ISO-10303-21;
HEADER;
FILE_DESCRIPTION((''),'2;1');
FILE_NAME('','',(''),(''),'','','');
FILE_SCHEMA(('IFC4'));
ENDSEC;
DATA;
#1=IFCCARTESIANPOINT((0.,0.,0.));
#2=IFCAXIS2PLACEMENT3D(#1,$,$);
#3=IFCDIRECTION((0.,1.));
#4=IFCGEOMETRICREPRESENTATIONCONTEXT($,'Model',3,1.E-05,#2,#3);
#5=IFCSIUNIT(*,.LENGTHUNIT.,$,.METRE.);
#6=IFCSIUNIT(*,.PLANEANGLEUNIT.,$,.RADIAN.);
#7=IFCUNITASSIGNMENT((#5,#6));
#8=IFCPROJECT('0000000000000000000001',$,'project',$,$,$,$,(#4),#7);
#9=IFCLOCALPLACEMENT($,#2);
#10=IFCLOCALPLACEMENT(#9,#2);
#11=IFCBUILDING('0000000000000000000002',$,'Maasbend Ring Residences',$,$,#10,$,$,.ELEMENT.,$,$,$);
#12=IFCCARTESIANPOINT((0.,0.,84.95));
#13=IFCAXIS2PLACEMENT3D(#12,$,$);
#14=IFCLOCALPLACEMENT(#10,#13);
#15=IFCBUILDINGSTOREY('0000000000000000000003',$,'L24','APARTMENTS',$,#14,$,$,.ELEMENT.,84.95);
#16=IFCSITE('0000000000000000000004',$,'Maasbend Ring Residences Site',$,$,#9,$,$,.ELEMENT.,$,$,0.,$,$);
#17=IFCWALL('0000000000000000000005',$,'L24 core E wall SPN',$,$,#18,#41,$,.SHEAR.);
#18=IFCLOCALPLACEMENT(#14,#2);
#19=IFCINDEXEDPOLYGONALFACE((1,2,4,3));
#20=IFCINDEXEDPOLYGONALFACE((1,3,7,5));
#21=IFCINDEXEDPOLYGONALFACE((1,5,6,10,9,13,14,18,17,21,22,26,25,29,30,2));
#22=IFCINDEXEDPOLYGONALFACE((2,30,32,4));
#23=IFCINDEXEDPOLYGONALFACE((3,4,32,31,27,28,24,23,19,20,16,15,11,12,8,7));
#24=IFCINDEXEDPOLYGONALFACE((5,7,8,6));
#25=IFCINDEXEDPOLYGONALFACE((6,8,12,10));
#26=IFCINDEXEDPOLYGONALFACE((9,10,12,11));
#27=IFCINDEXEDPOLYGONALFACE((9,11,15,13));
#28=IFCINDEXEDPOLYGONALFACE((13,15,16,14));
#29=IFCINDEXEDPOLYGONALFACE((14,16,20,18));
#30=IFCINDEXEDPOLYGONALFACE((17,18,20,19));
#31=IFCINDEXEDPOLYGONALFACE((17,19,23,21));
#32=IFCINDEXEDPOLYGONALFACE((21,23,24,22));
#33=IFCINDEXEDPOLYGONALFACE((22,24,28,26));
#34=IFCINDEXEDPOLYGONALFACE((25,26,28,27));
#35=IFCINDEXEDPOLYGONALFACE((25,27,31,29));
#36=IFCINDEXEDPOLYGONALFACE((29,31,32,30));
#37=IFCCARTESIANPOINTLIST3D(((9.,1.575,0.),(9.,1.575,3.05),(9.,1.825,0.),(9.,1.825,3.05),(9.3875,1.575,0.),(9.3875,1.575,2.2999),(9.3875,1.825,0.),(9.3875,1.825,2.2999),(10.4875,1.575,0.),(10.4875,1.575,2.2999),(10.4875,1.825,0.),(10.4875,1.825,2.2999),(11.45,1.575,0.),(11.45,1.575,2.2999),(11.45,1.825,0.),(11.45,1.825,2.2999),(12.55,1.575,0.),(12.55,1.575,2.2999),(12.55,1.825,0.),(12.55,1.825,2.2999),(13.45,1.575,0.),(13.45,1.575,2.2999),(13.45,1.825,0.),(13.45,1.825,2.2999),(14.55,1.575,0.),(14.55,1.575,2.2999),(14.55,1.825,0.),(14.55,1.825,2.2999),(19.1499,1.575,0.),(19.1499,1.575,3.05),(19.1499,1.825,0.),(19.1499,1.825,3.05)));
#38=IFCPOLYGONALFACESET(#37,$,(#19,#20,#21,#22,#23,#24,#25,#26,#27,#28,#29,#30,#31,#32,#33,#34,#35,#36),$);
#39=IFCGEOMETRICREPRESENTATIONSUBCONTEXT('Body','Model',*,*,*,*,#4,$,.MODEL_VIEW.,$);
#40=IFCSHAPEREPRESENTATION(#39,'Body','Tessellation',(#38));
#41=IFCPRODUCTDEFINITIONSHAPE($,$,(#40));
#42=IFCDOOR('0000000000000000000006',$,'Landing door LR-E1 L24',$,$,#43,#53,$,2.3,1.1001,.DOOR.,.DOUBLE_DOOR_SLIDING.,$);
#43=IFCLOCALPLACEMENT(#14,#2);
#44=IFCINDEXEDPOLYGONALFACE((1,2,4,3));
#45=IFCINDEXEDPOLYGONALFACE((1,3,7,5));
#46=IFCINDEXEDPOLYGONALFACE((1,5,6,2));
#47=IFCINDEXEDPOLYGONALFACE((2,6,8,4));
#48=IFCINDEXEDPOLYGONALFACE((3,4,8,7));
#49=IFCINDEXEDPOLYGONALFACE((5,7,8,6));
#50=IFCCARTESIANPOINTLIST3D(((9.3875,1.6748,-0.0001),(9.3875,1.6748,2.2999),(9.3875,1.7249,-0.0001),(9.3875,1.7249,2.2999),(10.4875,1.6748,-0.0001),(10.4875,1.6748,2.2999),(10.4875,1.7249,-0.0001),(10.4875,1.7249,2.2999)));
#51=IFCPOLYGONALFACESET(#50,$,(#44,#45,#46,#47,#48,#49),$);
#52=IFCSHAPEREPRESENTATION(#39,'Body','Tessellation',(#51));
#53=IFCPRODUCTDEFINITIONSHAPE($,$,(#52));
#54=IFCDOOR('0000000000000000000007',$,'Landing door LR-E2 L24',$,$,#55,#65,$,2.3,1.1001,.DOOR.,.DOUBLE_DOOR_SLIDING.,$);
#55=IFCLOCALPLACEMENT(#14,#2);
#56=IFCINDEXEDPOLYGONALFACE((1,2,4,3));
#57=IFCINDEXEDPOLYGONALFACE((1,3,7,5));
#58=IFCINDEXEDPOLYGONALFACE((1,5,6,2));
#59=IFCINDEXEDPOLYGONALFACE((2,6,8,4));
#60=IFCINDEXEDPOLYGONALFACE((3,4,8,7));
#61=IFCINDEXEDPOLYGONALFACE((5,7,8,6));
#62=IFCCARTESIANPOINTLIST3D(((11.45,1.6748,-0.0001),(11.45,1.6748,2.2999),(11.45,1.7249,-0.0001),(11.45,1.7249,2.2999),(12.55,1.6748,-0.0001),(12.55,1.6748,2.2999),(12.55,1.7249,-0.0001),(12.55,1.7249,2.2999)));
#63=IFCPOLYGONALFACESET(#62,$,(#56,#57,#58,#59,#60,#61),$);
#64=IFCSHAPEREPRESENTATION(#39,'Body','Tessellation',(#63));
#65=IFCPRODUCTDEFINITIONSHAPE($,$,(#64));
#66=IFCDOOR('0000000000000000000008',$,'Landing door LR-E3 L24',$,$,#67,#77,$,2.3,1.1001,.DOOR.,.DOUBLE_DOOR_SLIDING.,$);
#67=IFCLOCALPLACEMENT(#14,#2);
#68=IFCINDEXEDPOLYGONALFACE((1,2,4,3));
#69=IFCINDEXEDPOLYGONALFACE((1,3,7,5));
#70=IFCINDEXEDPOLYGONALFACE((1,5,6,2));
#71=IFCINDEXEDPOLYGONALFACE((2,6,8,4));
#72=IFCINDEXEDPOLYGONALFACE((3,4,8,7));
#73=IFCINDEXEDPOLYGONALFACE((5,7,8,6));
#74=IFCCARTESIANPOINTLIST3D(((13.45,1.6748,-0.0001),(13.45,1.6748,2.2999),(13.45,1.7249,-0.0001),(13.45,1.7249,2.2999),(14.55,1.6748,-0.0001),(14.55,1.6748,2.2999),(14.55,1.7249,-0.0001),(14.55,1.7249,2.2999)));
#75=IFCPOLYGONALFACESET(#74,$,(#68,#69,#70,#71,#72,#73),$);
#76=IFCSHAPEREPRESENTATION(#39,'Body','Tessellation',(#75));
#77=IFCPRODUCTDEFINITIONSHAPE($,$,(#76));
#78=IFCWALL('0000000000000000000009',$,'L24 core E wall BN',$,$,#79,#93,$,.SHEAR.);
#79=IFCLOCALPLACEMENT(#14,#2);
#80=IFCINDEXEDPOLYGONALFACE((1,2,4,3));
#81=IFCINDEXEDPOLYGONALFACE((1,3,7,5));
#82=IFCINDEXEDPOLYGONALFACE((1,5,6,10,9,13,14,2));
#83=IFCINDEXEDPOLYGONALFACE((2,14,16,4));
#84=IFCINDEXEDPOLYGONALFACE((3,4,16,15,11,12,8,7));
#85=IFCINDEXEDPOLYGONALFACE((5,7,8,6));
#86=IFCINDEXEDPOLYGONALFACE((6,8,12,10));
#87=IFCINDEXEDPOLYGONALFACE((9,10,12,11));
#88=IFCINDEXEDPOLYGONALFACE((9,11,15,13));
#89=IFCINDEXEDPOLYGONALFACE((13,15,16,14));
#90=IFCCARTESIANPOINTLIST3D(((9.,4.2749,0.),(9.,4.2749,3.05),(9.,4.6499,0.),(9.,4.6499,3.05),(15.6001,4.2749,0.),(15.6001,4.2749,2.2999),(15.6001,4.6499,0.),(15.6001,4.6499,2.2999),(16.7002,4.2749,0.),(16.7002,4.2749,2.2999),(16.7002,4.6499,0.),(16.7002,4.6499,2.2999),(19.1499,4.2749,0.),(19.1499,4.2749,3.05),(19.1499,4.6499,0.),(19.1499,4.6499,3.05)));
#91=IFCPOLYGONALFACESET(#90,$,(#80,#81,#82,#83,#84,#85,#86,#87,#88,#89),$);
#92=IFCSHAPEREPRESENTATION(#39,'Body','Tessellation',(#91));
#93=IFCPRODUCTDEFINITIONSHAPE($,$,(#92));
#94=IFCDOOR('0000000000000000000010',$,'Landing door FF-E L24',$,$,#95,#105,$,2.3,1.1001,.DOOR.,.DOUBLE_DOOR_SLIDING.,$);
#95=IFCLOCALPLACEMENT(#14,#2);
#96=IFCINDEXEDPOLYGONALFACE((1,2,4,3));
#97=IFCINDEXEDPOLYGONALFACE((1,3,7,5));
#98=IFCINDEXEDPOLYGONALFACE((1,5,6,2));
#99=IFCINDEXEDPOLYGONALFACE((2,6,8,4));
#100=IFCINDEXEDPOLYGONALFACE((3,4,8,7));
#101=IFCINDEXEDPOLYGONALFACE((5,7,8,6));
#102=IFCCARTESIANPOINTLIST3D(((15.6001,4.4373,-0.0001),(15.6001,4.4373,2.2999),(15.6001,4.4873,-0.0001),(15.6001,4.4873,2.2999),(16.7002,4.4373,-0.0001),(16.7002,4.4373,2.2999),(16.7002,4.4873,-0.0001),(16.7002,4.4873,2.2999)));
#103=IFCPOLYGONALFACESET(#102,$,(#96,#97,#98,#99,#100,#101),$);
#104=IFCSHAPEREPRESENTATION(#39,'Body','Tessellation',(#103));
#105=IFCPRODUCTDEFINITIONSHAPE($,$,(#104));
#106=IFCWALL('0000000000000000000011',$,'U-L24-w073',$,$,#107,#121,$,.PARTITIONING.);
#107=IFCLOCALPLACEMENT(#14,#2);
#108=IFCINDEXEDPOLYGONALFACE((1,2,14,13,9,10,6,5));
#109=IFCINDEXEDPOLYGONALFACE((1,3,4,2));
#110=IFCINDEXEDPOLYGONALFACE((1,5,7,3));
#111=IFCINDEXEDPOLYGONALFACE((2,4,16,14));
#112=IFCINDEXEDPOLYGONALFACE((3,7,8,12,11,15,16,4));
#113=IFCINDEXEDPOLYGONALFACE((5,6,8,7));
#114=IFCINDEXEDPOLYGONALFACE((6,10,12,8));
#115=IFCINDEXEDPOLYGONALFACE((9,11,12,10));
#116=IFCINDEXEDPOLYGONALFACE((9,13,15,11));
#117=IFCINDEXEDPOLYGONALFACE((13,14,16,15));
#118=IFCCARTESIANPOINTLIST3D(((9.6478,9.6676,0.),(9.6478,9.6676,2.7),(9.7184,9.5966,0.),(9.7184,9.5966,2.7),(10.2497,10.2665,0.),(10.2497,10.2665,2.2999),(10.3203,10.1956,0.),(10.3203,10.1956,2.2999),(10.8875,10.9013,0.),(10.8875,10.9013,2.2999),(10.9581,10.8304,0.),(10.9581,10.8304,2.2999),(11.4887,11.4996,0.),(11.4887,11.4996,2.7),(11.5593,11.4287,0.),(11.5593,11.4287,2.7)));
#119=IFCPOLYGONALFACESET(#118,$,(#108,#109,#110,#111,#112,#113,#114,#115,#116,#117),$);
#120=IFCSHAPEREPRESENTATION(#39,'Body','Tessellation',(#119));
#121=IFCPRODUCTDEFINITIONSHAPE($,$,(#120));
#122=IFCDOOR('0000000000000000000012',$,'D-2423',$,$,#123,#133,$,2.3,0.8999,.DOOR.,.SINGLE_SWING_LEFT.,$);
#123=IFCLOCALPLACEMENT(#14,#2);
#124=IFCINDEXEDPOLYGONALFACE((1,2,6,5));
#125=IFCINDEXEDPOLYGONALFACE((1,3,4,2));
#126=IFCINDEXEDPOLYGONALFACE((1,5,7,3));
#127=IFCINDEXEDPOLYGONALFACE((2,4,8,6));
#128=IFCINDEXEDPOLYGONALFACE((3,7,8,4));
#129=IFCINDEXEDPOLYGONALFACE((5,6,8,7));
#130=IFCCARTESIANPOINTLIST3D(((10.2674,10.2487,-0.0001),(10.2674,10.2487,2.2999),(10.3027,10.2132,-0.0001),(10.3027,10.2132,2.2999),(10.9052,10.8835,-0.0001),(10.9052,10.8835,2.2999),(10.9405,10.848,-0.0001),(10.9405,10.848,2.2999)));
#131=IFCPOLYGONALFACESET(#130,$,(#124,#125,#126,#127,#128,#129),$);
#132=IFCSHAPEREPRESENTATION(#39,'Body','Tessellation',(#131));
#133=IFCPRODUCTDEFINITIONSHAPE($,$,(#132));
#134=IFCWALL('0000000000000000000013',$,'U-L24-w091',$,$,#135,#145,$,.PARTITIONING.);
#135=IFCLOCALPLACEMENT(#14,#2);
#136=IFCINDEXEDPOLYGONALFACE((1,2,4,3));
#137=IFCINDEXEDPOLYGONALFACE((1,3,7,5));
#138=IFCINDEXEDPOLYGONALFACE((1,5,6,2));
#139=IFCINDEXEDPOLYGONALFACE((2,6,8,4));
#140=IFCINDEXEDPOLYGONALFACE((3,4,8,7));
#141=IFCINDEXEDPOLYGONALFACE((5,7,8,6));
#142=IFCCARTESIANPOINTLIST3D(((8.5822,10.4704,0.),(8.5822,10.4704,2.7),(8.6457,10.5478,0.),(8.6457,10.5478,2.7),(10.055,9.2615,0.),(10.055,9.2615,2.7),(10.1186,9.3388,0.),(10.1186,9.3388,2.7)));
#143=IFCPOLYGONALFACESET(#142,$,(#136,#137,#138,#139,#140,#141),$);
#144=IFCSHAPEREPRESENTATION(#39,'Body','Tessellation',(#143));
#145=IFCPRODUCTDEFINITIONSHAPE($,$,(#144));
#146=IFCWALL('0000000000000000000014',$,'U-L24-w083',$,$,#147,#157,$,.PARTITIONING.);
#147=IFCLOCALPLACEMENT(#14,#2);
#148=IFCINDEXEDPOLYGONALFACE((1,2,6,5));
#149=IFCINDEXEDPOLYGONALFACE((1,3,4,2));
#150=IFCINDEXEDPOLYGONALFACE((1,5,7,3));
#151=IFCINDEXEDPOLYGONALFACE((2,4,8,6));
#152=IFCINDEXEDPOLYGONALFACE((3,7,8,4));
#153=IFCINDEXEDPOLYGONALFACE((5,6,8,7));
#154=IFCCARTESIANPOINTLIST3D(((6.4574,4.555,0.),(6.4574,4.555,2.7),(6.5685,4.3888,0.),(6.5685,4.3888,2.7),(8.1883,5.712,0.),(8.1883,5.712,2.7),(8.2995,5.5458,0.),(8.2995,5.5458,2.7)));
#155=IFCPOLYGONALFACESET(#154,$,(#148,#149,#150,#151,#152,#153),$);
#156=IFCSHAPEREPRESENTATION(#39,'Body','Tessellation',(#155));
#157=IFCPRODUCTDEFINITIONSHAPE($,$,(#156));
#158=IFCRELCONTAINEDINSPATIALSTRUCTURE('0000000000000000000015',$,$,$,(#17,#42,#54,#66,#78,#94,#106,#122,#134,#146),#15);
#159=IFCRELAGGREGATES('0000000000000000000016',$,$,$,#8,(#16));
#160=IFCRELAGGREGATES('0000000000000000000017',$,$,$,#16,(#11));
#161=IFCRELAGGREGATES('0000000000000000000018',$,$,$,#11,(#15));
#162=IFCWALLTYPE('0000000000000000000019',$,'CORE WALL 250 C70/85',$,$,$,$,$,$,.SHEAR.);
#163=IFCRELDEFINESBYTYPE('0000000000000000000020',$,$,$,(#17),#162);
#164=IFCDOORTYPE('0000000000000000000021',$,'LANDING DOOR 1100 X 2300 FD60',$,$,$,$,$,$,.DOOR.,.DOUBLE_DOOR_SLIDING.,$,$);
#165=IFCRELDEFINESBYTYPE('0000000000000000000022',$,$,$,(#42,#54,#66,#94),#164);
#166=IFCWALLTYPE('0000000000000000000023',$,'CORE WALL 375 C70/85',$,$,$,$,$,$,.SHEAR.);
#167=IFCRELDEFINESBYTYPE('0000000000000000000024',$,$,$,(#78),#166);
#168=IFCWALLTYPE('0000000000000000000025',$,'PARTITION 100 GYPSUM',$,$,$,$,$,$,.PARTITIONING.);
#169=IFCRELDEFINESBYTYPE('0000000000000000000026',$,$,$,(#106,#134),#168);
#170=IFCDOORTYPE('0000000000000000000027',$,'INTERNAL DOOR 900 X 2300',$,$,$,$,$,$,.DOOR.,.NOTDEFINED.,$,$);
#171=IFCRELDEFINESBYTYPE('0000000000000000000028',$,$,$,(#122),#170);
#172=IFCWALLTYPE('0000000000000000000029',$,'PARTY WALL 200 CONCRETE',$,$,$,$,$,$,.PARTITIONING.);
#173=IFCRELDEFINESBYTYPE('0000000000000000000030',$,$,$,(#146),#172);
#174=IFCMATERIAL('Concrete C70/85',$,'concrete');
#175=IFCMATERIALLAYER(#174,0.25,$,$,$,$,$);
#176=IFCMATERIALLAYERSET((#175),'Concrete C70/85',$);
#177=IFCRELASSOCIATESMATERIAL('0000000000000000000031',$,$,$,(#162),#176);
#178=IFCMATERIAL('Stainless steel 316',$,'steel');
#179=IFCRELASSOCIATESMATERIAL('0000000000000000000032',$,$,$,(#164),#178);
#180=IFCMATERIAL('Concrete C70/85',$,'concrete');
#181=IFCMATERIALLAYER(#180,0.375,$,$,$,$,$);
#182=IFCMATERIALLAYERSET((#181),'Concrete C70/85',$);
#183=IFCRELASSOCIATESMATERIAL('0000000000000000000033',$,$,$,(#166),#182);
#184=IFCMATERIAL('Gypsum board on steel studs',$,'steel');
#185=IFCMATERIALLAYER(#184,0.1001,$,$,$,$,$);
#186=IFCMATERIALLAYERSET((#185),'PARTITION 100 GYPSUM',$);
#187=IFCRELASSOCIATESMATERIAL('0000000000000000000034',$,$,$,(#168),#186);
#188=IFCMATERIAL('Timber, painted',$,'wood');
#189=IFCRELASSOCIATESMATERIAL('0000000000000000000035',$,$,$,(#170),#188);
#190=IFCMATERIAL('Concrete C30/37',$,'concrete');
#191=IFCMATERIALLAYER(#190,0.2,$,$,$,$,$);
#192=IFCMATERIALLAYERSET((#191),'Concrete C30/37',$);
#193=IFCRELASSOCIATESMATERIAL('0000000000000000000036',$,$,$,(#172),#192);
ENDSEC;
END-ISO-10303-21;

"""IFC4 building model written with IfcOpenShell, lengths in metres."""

from ifc_helpers import new_model, si_unit, direction, frame, frame_2d, origin, place, context, subcontext, project, spatial, rectangle, extrude, material, layer, layer_set, type_object, element, fill, save


model = new_model("IFC4")

# Units and contexts
model_context = context("Model", 3, precision=1e-05, world=origin(), true_north=direction((0.0, 1.0)))
body_context = subcontext(model_context, "Body", "Model", "MODEL_VIEW")
ifc_project = project(units=[si_unit("LENGTHUNIT", "METRE"), si_unit("PLANEANGLEUNIT", "RADIAN")], contexts=[model_context])

# Site, building, storey
site_placement = place(None, origin())
site = spatial("IfcSite", under=ifc_project, at=site_placement, Name="Maasbend Ring Residences Site", CompositionType="ELEMENT", RefElevation=0.0)
building_placement = place(site_placement, origin())
building = spatial("IfcBuilding", under=site, at=building_placement, Name="Maasbend Ring Residences", CompositionType="ELEMENT")
storey_placement = place(building_placement, frame((0.0, 0.0, 84.95)))
storey = spatial("IfcBuildingStorey", under=building, at=storey_placement, Name="L24", Description="APARTMENTS", CompositionType="ELEMENT", Elevation=84.95)

# Wall, openings, doors
ifc_material_1 = material(Name="Concrete C70/85", Category="concrete")
ifc_layer_1 = layer(ifc_material_1, 0.25)
ifc_layer_set_1 = layer_set([ifc_layer_1], Name="Concrete C70/85")
wall_type_1 = type_object("IfcWallType", Name="CORE WALL 250 C70/85", PredefinedType="SHEAR", material=ifc_layer_set_1)
wall_1_placement = place(storey_placement, frame((9.0, 1.7, 0.0), z_axis=(0.0, 0.0, 1.0), x_axis=(1.0, 0.0, 0.0)))
wall_1 = element("IfcWall", 1, at=wall_1_placement, inside=storey, type_object=wall_type_1, Name="L24 core E wall SPN", PredefinedType="SHEAR", context=body_context, shape_type="SweptSolid", body=[
    extrude(rectangle(XDim=10.1499, YDim=0.25, at=frame_2d((5.075, 0.0))), origin(), (0.0, 0.0, 1.0), 3.05),
])
opening_1_placement = place(wall_1_placement, frame((0.3875, 0.0, 0.0)))
opening_1 = element("IfcOpeningElement", 2, at=opening_1_placement, cuts=wall_1, PredefinedType="OPENING", context=body_context, shape_type="SweptSolid", body=[
    extrude(rectangle(XDim=1.1001, YDim=2.3, at=frame_2d((0.55, 1.1499))), frame((0.0, 0.135, 0.0), z_axis=(0.0, -1.0, 0.0), x_axis=(1.0, 0.0, 0.0)), (0.0, 0.0, 1.0), 0.27),
])
opening_2_placement = place(wall_1_placement, frame((2.45, 0.0, 0.0)))
opening_2 = element("IfcOpeningElement", 3, at=opening_2_placement, cuts=wall_1, PredefinedType="OPENING", context=body_context, shape_type="SweptSolid", body=[
    extrude(rectangle(XDim=1.1001, YDim=2.3, at=frame_2d((0.55, 1.1499))), frame((0.0, 0.135, 0.0), z_axis=(0.0, -1.0, 0.0), x_axis=(1.0, 0.0, 0.0)), (0.0, 0.0, 1.0), 0.27),
])
opening_3_placement = place(wall_1_placement, frame((4.45, 0.0, 0.0)))
opening_3 = element("IfcOpeningElement", 4, at=opening_3_placement, cuts=wall_1, PredefinedType="OPENING", context=body_context, shape_type="SweptSolid", body=[
    extrude(rectangle(XDim=1.1001, YDim=2.3, at=frame_2d((0.55, 1.1499))), frame((0.0, 0.135, 0.0), z_axis=(0.0, -1.0, 0.0), x_axis=(1.0, 0.0, 0.0)), (0.0, 0.0, 1.0), 0.27),
])
ifc_material_2 = material(Name="Stainless steel 316", Category="steel")
door_type_1 = type_object("IfcDoorType", Name="LANDING DOOR 1100 X 2300 FD60", OperationType="DOUBLE_DOOR_SLIDING", PredefinedType="DOOR", material=ifc_material_2)
door_1_placement = place(opening_1_placement, origin())
door_1 = element("IfcDoor", 5, at=door_1_placement, inside=storey, type_object=door_type_1, Name="Landing door LR-E1 L24", OperationType="DOUBLE_DOOR_SLIDING", OverallHeight=2.3, OverallWidth=1.1001, PredefinedType="DOOR", context=body_context, shape_type="SweptSolid", body=[
    extrude(rectangle(XDim=1.1001, YDim=2.3, at=frame_2d((0.55, 1.1499))), frame((0.0, 0.0249, 0.0), z_axis=(0.0, -1.0, 0.0), x_axis=(1.0, 0.0, 0.0)), (0.0, 0.0, 1.0), 0.05),
])
fill(opening_1, door_1)
door_2_placement = place(opening_2_placement, origin())
door_2 = element("IfcDoor", 6, at=door_2_placement, inside=storey, type_object=door_type_1, Name="Landing door LR-E2 L24", OperationType="DOUBLE_DOOR_SLIDING", OverallHeight=2.3, OverallWidth=1.1001, PredefinedType="DOOR", context=body_context, shape_type="SweptSolid", body=[
    extrude(rectangle(XDim=1.1001, YDim=2.3, at=frame_2d((0.55, 1.1499))), frame((0.0, 0.0249, 0.0), z_axis=(0.0, -1.0, 0.0), x_axis=(1.0, 0.0, 0.0)), (0.0, 0.0, 1.0), 0.05),
])
fill(opening_2, door_2)
door_3_placement = place(opening_3_placement, origin())
door_3 = element("IfcDoor", 7, at=door_3_placement, inside=storey, type_object=door_type_1, Name="Landing door LR-E3 L24", OperationType="DOUBLE_DOOR_SLIDING", OverallHeight=2.3, OverallWidth=1.1001, PredefinedType="DOOR", context=body_context, shape_type="SweptSolid", body=[
    extrude(rectangle(XDim=1.1001, YDim=2.3, at=frame_2d((0.55, 1.1499))), frame((0.0, 0.0249, 0.0), z_axis=(0.0, -1.0, 0.0), x_axis=(1.0, 0.0, 0.0)), (0.0, 0.0, 1.0), 0.05),
])
fill(opening_3, door_3)

# Walls, openings, doors
ifc_material_3 = material(Name="Concrete C70/85", Category="concrete")
ifc_layer_2 = layer(ifc_material_3, 0.375)
ifc_layer_set_2 = layer_set([ifc_layer_2], Name="Concrete C70/85")
wall_type_2 = type_object("IfcWallType", Name="CORE WALL 375 C70/85", PredefinedType="SHEAR", material=ifc_layer_set_2)
wall_2_placement = place(storey_placement, frame((9.0, 4.4624, 0.0), z_axis=(0.0, 0.0, 1.0), x_axis=(1.0, 0.0, 0.0)))
wall_2 = element("IfcWall", 8, at=wall_2_placement, inside=storey, type_object=wall_type_2, Name="L24 core E wall BN", PredefinedType="SHEAR", context=body_context, shape_type="SweptSolid", body=[
    extrude(rectangle(XDim=10.1499, YDim=0.375, at=frame_2d((5.075, 0.0))), origin(), (0.0, 0.0, 1.0), 3.05),
])
opening_4_placement = place(wall_2_placement, frame((6.6001, 0.0, 0.0)))
opening_4 = element("IfcOpeningElement", 9, at=opening_4_placement, cuts=wall_2, PredefinedType="OPENING", context=body_context, shape_type="SweptSolid", body=[
    extrude(rectangle(XDim=1.1001, YDim=2.3, at=frame_2d((0.55, 1.1499))), frame((0.0, 0.1975, 0.0), z_axis=(0.0, -1.0, 0.0), x_axis=(1.0, 0.0, 0.0)), (0.0, 0.0, 1.0), 0.395),
])
door_4_placement = place(opening_4_placement, origin())
door_4 = element("IfcDoor", 10, at=door_4_placement, inside=storey, type_object=door_type_1, Name="Landing door FF-E L24", OperationType="DOUBLE_DOOR_SLIDING", OverallHeight=2.3, OverallWidth=1.1001, PredefinedType="DOOR", context=body_context, shape_type="SweptSolid", body=[
    extrude(rectangle(XDim=1.1001, YDim=2.3, at=frame_2d((0.55, 1.1499))), frame((0.0, 0.0249, 0.0), z_axis=(0.0, -1.0, 0.0), x_axis=(1.0, 0.0, 0.0)), (0.0, 0.0, 1.0), 0.05),
])
fill(opening_4, door_4)
ifc_material_4 = material(Name="Gypsum board on steel studs", Category="steel")
ifc_layer_3 = layer(ifc_material_4, 0.1001)
ifc_layer_set_3 = layer_set([ifc_layer_3], Name="PARTITION 100 GYPSUM")
wall_type_3 = type_object("IfcWallType", Name="PARTITION 100 GYPSUM", PredefinedType="PARTITIONING", material=ifc_layer_set_3)
wall_3_placement = place(storey_placement, frame((9.6831, 9.6321, 0.0), z_axis=(0.0, 0.0, 1.0), x_axis=(0.708797, 0.705413, 0.0)))
wall_3 = element("IfcWall", 11, at=wall_3_placement, inside=storey, type_object=wall_type_3, Name="U-L24-w073", PredefinedType="PARTITIONING", context=body_context, shape_type="SweptSolid", body=[
    extrude(rectangle(XDim=2.5972, YDim=0.1001, at=frame_2d((1.2986, 0.0))), origin(), (0.0, 0.0, 1.0), 2.7),
])
opening_5_placement = place(wall_3_placement, frame((0.8491, 0.0, 0.0)))
opening_5 = element("IfcOpeningElement", 12, at=opening_5_placement, cuts=wall_3, PredefinedType="OPENING", context=body_context, shape_type="SweptSolid", body=[
    extrude(rectangle(XDim=0.8999, YDim=2.3, at=frame_2d((0.45, 1.1499))), frame((0.0, 0.0601, 0.0), z_axis=(0.0, -1.0, 0.0), x_axis=(1.0, 0.0, 0.0)), (0.0, 0.0, 1.0), 0.1201),
])
ifc_material_5 = material(Name="Timber, painted", Category="wood")
door_type_2 = type_object("IfcDoorType", Name="INTERNAL DOOR 900 X 2300", OperationType="NOTDEFINED", PredefinedType="DOOR", material=ifc_material_5)
door_5_placement = place(opening_5_placement, origin())
door_5 = element("IfcDoor", 13, at=door_5_placement, inside=storey, type_object=door_type_2, Name="D-2423", OperationType="SINGLE_SWING_LEFT", OverallHeight=2.3, OverallWidth=0.8999, PredefinedType="DOOR", context=body_context, shape_type="SweptSolid", body=[
    extrude(rectangle(XDim=0.8999, YDim=2.3, at=frame_2d((0.45, 1.1499))), frame((0.0, 0.0249, 0.0), z_axis=(0.0, -1.0, 0.0), x_axis=(1.0, 0.0, 0.0)), (0.0, 0.0, 1.0), 0.05),
])
fill(opening_5, door_5)

# Walls
wall_4_placement = place(storey_placement, frame((8.614, 10.509, 0.0), z_axis=(0.0, 0.0, 1.0), x_axis=(0.772957, -0.634458, 0.0)))
element("IfcWall", 14, at=wall_4_placement, inside=storey, type_object=wall_type_3, Name="U-L24-w091", PredefinedType="PARTITIONING", context=body_context, shape_type="SweptSolid", body=[
    extrude(rectangle(XDim=1.9055, YDim=0.1001, at=frame_2d((0.9526, 0.0))), origin(), (0.0, 0.0, 1.0), 2.7),
])
ifc_material_6 = material(Name="Concrete C30/37", Category="concrete")
ifc_layer_4 = layer(ifc_material_6, 0.2)
ifc_layer_set_4 = layer_set([ifc_layer_4], Name="Concrete C30/37")
wall_type_4 = type_object("IfcWallType", Name="PARTY WALL 200 CONCRETE", PredefinedType="PARTITIONING", material=ifc_layer_set_4)
wall_5_placement = place(storey_placement, frame((6.5129, 4.4719, 0.0), z_axis=(0.0, 0.0, 1.0), x_axis=(0.831382, 0.555701, 0.0)))
element("IfcWall", 15, at=wall_5_placement, inside=storey, type_object=wall_type_4, Name="U-L24-w083", PredefinedType="PARTITIONING", context=body_context, shape_type="SweptSolid", body=[
    extrude(rectangle(XDim=2.082, YDim=0.2, at=frame_2d((1.041, 0.0))), origin(), (0.0, 0.0, 1.0), 2.7),
])

save(model, "model.ifc")
